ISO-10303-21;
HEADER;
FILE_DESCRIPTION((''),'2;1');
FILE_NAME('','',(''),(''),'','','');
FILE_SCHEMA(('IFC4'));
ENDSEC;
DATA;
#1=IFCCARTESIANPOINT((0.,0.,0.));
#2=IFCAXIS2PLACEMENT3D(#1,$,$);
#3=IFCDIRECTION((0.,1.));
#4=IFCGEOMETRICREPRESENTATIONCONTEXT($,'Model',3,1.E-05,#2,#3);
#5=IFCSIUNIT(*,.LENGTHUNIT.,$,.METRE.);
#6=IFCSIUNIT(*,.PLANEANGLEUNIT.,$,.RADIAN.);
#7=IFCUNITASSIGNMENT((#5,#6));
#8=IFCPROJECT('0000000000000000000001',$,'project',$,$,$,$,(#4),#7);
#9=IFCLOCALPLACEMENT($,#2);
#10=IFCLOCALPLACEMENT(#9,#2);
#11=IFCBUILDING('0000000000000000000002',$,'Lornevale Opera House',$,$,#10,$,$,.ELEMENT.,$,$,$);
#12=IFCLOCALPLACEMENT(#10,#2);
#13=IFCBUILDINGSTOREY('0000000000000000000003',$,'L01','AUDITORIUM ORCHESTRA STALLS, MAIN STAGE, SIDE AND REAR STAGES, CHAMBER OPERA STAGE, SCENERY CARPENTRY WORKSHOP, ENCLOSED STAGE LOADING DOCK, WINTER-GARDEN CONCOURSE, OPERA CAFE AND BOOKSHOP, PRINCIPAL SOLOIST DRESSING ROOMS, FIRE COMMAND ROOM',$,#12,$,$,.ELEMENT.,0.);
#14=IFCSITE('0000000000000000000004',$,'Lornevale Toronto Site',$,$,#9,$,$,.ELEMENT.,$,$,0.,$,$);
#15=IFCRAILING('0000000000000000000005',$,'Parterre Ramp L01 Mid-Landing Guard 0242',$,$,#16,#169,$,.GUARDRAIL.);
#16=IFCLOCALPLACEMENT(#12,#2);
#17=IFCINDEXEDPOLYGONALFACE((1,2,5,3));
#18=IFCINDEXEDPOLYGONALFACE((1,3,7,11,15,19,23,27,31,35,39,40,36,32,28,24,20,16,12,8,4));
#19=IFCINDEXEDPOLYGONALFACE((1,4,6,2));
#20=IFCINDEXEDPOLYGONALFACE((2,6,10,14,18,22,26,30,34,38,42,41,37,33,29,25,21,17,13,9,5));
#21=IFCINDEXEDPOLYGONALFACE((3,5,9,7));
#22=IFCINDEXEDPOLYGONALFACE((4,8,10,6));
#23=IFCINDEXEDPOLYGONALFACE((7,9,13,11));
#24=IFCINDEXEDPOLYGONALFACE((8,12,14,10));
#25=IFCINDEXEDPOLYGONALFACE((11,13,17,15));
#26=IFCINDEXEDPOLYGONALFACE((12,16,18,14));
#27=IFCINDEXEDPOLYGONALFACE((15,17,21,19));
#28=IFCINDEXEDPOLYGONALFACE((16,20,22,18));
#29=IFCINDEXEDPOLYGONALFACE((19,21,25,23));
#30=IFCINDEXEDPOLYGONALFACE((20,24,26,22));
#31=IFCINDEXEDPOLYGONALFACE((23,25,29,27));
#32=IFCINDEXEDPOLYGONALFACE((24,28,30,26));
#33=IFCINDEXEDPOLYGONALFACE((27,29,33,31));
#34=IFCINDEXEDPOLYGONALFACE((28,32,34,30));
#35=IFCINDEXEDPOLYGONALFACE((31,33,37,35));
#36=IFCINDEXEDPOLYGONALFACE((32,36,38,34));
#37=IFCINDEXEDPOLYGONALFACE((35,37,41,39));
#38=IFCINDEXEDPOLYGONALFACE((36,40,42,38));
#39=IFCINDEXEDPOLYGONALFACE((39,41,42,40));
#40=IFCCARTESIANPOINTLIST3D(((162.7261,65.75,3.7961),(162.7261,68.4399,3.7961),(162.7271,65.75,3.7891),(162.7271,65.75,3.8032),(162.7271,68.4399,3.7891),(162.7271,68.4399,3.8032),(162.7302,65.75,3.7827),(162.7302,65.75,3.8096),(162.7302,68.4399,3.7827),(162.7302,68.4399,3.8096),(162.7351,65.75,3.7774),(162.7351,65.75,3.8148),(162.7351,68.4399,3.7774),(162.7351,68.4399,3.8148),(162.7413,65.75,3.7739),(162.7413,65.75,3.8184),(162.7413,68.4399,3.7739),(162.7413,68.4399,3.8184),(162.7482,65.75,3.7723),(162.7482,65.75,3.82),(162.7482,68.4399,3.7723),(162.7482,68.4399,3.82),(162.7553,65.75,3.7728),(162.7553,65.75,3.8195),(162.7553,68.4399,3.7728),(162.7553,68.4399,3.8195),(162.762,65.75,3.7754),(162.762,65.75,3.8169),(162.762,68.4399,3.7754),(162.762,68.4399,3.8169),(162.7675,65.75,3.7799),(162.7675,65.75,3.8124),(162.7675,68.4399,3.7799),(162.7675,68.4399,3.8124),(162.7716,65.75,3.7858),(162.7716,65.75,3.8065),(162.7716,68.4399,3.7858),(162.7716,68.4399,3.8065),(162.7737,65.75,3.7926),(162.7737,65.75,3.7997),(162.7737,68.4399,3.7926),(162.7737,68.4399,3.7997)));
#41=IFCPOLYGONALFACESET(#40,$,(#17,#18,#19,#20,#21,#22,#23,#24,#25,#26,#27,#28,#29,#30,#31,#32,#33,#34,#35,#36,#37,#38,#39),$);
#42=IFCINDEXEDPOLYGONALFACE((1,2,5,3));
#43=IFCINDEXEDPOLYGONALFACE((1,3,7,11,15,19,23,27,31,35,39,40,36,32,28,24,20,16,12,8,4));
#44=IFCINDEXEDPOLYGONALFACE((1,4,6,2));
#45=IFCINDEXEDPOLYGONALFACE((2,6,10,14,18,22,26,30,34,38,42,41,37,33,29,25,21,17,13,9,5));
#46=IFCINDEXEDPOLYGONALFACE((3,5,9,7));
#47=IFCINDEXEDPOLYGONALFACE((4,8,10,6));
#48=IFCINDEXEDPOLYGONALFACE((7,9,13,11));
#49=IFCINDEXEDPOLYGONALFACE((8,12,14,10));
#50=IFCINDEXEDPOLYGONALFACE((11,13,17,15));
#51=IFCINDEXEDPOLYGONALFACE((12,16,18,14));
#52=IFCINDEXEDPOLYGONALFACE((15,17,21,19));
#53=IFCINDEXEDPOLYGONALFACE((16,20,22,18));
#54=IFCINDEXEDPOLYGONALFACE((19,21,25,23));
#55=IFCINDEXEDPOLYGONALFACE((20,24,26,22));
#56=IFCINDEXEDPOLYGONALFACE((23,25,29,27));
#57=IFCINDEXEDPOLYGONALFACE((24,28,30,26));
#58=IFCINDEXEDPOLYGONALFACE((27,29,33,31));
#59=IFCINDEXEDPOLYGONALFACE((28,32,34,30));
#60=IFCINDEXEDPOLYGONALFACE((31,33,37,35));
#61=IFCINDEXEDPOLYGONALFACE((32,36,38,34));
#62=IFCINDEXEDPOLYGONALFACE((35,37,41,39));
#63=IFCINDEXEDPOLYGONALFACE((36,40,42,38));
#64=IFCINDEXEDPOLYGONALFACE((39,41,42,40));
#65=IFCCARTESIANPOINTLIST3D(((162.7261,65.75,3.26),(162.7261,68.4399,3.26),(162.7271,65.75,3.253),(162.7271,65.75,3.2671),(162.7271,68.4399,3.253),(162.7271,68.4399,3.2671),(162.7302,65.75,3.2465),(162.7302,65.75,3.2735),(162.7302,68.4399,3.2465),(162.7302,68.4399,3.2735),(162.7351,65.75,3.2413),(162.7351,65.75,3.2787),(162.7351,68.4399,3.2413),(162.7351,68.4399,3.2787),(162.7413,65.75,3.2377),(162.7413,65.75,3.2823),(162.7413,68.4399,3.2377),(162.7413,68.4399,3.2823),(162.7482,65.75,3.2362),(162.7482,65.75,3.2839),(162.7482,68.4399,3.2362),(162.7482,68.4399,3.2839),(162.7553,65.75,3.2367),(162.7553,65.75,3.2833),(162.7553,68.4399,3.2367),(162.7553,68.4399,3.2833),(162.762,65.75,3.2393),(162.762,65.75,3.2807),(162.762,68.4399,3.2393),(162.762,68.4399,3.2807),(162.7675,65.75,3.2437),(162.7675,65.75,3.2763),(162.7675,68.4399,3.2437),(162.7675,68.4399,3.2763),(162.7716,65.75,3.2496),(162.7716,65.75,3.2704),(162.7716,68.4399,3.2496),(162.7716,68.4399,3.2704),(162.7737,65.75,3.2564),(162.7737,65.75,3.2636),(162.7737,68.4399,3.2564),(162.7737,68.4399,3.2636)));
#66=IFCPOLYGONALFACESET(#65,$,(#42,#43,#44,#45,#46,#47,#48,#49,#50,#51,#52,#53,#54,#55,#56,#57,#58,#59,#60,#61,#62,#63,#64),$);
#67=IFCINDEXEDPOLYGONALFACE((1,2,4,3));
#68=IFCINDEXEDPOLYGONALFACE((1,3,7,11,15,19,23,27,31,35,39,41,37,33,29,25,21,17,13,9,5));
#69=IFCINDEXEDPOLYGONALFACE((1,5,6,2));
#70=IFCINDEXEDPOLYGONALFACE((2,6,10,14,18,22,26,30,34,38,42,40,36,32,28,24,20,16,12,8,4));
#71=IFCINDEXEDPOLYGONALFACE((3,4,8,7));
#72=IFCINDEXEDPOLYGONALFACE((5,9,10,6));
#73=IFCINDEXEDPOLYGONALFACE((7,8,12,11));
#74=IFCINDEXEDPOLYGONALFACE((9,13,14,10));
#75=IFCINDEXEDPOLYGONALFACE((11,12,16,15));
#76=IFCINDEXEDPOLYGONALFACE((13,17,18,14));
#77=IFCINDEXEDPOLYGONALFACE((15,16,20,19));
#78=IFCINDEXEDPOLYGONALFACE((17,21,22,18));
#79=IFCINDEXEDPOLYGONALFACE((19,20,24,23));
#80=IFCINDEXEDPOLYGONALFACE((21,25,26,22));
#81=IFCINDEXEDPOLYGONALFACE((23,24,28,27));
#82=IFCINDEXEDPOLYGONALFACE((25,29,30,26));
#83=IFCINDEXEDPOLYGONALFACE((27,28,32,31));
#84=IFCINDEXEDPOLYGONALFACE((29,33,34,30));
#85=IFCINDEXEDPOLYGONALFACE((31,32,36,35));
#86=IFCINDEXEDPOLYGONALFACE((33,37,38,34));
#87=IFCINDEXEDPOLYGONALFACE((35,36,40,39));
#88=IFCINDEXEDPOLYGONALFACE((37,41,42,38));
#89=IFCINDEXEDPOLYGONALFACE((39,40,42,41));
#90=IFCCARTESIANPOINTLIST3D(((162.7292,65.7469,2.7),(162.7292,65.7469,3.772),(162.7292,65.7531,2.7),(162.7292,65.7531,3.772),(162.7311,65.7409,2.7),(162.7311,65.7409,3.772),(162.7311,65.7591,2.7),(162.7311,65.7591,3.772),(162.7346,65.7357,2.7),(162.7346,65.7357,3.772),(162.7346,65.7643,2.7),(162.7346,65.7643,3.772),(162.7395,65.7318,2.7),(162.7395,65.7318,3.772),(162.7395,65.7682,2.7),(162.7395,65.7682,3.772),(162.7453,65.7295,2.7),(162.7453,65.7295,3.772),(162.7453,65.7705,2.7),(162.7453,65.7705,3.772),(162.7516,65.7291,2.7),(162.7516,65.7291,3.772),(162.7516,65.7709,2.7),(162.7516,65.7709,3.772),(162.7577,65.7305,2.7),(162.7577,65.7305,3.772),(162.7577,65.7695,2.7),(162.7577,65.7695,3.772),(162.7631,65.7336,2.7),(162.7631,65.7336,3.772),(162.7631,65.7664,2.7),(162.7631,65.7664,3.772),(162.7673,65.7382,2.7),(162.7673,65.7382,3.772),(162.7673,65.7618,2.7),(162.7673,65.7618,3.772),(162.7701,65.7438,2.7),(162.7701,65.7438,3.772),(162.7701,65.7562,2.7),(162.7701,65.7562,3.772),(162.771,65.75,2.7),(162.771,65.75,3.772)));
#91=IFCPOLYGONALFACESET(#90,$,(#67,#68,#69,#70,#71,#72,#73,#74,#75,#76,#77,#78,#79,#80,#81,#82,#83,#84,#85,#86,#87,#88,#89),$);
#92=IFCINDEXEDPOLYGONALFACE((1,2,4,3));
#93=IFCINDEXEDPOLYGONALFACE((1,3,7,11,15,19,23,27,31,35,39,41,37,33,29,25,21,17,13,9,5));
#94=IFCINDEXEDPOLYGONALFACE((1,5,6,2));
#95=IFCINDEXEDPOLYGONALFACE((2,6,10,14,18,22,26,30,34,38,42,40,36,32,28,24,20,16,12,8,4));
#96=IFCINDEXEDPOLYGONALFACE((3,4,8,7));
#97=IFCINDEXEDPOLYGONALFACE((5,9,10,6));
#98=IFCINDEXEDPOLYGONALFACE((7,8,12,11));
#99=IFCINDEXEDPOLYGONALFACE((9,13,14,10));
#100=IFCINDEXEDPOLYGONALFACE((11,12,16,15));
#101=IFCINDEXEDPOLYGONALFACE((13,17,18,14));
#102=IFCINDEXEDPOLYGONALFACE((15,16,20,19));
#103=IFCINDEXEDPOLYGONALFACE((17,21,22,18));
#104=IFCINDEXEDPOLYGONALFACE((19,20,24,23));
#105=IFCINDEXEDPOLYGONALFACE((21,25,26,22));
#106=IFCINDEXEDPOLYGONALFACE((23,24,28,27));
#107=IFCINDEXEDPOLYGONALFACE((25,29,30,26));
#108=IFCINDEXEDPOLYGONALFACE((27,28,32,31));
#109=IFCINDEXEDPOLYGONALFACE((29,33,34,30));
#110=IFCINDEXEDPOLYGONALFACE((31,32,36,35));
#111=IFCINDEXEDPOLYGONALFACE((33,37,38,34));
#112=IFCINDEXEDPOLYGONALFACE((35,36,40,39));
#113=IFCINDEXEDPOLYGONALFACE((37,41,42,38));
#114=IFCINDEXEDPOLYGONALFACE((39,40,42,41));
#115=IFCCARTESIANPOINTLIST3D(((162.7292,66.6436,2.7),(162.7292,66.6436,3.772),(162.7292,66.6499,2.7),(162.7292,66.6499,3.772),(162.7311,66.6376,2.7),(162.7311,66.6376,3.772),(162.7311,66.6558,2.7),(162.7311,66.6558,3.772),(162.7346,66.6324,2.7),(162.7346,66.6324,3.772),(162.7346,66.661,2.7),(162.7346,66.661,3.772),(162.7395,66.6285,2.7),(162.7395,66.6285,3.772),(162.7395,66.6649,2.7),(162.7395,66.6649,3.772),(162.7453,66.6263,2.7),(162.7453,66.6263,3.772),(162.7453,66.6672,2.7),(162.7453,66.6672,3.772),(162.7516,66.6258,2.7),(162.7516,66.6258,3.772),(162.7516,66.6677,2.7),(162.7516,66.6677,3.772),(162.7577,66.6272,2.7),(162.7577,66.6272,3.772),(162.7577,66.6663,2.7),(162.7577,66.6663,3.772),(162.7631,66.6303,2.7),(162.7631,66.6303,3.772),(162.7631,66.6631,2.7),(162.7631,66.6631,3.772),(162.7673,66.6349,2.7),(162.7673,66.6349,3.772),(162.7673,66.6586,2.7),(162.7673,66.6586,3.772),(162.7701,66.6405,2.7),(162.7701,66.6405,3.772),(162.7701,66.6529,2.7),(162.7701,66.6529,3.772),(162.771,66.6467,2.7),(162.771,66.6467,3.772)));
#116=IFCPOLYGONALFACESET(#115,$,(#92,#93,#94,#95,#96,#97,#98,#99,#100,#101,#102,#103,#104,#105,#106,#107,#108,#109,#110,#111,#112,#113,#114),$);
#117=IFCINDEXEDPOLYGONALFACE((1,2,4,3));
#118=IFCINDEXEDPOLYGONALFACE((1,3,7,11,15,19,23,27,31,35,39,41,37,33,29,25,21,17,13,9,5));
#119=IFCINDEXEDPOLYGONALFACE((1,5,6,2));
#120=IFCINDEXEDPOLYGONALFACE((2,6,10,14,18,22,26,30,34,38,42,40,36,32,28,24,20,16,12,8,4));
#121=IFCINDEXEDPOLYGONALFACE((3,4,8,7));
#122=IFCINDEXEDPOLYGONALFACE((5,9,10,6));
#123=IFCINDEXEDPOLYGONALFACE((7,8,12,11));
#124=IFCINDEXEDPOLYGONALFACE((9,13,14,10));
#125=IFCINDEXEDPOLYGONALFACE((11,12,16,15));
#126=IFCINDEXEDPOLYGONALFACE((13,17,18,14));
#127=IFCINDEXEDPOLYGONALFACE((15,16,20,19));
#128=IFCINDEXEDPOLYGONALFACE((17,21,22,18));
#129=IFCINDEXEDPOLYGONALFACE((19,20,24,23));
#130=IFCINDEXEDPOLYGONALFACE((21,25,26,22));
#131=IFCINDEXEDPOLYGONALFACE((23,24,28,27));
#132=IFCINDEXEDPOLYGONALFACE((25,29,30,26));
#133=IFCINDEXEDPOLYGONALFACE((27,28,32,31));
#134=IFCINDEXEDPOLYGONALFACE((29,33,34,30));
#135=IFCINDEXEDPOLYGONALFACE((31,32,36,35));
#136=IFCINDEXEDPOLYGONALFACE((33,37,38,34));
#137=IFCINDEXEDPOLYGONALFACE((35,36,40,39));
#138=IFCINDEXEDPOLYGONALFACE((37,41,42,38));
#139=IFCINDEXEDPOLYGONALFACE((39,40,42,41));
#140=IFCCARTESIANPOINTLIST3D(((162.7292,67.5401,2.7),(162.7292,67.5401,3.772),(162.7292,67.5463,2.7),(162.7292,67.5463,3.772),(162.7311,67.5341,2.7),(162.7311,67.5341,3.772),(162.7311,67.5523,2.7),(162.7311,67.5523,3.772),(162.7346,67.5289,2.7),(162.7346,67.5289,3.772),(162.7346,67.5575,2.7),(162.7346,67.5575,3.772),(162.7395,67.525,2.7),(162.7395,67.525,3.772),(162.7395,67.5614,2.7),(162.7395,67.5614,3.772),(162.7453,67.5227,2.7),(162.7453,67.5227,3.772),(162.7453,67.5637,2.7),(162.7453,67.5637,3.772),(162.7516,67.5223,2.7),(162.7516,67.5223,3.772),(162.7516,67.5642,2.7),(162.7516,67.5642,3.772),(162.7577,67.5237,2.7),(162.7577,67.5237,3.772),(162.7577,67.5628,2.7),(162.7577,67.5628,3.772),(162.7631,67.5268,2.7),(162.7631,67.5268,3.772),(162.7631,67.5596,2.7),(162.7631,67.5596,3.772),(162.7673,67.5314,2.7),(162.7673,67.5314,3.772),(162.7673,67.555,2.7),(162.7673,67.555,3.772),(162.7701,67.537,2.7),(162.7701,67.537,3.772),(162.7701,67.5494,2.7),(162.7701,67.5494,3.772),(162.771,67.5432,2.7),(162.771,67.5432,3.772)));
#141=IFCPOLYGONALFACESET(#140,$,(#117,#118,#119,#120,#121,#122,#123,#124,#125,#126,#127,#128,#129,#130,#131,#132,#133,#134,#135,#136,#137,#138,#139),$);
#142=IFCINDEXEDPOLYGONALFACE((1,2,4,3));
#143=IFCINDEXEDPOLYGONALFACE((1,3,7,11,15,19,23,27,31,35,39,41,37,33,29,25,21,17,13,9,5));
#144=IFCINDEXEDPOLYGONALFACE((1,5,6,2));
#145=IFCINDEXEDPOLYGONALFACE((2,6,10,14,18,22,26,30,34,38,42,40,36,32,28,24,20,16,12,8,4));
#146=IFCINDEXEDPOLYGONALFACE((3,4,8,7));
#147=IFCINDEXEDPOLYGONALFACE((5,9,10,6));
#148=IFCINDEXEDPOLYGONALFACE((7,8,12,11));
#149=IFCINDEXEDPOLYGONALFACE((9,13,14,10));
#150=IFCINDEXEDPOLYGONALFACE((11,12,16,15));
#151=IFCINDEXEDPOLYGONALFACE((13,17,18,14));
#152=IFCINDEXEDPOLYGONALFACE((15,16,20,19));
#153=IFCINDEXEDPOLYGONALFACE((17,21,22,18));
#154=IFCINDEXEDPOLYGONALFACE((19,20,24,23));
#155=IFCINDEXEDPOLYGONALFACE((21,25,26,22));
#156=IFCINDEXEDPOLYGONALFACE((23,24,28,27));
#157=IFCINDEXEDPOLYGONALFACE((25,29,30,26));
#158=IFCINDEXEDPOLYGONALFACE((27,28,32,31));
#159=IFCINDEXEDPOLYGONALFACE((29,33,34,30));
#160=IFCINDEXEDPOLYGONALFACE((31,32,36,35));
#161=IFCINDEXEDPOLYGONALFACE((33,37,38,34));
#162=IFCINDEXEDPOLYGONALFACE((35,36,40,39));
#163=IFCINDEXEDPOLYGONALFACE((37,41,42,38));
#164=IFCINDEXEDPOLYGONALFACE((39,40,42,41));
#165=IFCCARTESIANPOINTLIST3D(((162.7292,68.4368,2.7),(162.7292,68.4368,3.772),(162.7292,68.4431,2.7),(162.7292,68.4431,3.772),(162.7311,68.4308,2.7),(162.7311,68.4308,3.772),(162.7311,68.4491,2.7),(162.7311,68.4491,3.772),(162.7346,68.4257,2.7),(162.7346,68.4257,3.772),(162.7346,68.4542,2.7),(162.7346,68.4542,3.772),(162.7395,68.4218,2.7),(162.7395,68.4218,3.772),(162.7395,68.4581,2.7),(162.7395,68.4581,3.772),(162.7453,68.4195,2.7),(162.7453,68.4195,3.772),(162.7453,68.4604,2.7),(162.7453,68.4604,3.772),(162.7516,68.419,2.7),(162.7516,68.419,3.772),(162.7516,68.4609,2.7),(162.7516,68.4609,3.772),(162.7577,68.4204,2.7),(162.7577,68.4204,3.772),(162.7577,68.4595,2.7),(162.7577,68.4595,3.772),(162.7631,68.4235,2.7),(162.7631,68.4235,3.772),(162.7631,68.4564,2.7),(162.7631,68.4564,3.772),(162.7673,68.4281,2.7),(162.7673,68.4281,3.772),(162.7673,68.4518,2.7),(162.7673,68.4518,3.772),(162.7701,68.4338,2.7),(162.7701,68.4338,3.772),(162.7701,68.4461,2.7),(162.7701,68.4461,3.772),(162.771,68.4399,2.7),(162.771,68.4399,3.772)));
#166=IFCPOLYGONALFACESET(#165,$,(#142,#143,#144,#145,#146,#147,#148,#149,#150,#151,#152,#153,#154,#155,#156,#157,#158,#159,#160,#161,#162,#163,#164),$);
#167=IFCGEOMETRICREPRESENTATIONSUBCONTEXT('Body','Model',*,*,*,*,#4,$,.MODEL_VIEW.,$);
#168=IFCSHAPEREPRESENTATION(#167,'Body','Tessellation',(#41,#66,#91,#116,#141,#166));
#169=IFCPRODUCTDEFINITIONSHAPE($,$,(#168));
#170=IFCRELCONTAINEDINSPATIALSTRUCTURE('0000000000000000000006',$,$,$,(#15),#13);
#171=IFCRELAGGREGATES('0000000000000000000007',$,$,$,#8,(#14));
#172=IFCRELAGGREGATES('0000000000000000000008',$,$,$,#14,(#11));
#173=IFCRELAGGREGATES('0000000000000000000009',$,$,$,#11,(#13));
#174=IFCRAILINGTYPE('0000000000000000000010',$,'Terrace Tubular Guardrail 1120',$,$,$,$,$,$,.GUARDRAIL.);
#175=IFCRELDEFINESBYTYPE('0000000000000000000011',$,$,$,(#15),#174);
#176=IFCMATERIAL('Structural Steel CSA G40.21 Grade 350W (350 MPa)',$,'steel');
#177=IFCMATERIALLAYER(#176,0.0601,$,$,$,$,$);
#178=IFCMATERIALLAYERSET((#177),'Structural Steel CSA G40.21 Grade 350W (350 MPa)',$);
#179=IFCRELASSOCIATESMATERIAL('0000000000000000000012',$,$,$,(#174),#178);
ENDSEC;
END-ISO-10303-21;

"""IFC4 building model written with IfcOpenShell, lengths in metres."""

from ifc_helpers import new_model, si_unit, direction, frame, origin, origin_2d, place, context, subcontext, project, spatial, circle, extrude, material, layer, layer_set, type_object, element, save


model = new_model("IFC4")

# Units and contexts
model_context = context("Model", 3, precision=1e-05, world=origin(), true_north=direction((0.0, 1.0)))
body_context = subcontext(model_context, "Body", "Model", "MODEL_VIEW")
ifc_project = project(units=[si_unit("LENGTHUNIT", "METRE"), si_unit("PLANEANGLEUNIT", "RADIAN")], contexts=[model_context])

# Site, building, storey
site_placement = place(None, origin())
site = spatial("IfcSite", under=ifc_project, at=site_placement, Name="Lornevale Toronto Site", CompositionType="ELEMENT", RefElevation=0.0)
building_placement = place(site_placement, origin())
building = spatial("IfcBuilding", under=site, at=building_placement, Name="Lornevale Opera House", CompositionType="ELEMENT")
storey_placement = place(building_placement, origin())
storey = spatial("IfcBuildingStorey", under=building, at=storey_placement, Name="L01", Description="AUDITORIUM ORCHESTRA STALLS, MAIN STAGE, SIDE AND REAR STAGES, CHAMBER OPERA STAGE, SCENERY CARPENTRY WORKSHOP, ENCLOSED STAGE LOADING DOCK, WINTER-GARDEN CONCOURSE, OPERA CAFE AND BOOKSHOP, PRINCIPAL SOLOIST DRESSING ROOMS, FIRE COMMAND ROOM", CompositionType="ELEMENT", Elevation=0.0)

# Shared definitions
ifc_material_1 = material(Name="Structural Steel CSA G40.21 Grade 350W (350 MPa)", Category="steel")

# Railing
ifc_layer_1 = layer(ifc_material_1, 0.0601)
ifc_layer_set_1 = layer_set([ifc_layer_1], Name="Structural Steel CSA G40.21 Grade 350W (350 MPa)")
railing_type = type_object("IfcRailingType", Name="Terrace Tubular Guardrail 1120", PredefinedType="GUARDRAIL", material=ifc_layer_set_1)
for number, where, name in (
    (1, (162.75, 65.75, 2.7), "Parterre Ramp L01 Mid-Landing Guard 0242"),
):
    element("IfcRailing", number, at=place(storey_placement, frame(where)), inside=storey, type_object=railing_type, Name=name, PredefinedType="GUARDRAIL", context=body_context, shape_type="SweptSolid", body=[
        extrude(circle(Radius=0.0239, at=origin_2d()), frame((0.0, 0.0, 1.0962), z_axis=(0.0, 1.0, 0.0), x_axis=(-1.0, 0.0, 0.0)), (0.0, 0.0, 1.0), 2.6899),
        extrude(circle(Radius=0.0239, at=origin_2d()), frame((0.0, 0.0, 0.5601), z_axis=(0.0, 1.0, 0.0), x_axis=(-1.0, 0.0, 0.0)), (0.0, 0.0, 1.0), 2.6899),
        extrude(circle(Radius=0.021, at=origin_2d()), origin(), (0.0, 0.0, 1.0), 1.072),
        extrude(circle(Radius=0.021, at=origin_2d()), frame((0.0, 0.8967, 0.0)), (0.0, 0.0, 1.0), 1.072),
        extrude(circle(Radius=0.021, at=origin_2d()), frame((0.0, 1.7932, 0.0)), (0.0, 0.0, 1.0), 1.072),
        extrude(circle(Radius=0.021, at=origin_2d()), frame((0.0, 2.6899, 0.0)), (0.0, 0.0, 1.0), 1.072),
    ])

save(model, "model.ifc")
